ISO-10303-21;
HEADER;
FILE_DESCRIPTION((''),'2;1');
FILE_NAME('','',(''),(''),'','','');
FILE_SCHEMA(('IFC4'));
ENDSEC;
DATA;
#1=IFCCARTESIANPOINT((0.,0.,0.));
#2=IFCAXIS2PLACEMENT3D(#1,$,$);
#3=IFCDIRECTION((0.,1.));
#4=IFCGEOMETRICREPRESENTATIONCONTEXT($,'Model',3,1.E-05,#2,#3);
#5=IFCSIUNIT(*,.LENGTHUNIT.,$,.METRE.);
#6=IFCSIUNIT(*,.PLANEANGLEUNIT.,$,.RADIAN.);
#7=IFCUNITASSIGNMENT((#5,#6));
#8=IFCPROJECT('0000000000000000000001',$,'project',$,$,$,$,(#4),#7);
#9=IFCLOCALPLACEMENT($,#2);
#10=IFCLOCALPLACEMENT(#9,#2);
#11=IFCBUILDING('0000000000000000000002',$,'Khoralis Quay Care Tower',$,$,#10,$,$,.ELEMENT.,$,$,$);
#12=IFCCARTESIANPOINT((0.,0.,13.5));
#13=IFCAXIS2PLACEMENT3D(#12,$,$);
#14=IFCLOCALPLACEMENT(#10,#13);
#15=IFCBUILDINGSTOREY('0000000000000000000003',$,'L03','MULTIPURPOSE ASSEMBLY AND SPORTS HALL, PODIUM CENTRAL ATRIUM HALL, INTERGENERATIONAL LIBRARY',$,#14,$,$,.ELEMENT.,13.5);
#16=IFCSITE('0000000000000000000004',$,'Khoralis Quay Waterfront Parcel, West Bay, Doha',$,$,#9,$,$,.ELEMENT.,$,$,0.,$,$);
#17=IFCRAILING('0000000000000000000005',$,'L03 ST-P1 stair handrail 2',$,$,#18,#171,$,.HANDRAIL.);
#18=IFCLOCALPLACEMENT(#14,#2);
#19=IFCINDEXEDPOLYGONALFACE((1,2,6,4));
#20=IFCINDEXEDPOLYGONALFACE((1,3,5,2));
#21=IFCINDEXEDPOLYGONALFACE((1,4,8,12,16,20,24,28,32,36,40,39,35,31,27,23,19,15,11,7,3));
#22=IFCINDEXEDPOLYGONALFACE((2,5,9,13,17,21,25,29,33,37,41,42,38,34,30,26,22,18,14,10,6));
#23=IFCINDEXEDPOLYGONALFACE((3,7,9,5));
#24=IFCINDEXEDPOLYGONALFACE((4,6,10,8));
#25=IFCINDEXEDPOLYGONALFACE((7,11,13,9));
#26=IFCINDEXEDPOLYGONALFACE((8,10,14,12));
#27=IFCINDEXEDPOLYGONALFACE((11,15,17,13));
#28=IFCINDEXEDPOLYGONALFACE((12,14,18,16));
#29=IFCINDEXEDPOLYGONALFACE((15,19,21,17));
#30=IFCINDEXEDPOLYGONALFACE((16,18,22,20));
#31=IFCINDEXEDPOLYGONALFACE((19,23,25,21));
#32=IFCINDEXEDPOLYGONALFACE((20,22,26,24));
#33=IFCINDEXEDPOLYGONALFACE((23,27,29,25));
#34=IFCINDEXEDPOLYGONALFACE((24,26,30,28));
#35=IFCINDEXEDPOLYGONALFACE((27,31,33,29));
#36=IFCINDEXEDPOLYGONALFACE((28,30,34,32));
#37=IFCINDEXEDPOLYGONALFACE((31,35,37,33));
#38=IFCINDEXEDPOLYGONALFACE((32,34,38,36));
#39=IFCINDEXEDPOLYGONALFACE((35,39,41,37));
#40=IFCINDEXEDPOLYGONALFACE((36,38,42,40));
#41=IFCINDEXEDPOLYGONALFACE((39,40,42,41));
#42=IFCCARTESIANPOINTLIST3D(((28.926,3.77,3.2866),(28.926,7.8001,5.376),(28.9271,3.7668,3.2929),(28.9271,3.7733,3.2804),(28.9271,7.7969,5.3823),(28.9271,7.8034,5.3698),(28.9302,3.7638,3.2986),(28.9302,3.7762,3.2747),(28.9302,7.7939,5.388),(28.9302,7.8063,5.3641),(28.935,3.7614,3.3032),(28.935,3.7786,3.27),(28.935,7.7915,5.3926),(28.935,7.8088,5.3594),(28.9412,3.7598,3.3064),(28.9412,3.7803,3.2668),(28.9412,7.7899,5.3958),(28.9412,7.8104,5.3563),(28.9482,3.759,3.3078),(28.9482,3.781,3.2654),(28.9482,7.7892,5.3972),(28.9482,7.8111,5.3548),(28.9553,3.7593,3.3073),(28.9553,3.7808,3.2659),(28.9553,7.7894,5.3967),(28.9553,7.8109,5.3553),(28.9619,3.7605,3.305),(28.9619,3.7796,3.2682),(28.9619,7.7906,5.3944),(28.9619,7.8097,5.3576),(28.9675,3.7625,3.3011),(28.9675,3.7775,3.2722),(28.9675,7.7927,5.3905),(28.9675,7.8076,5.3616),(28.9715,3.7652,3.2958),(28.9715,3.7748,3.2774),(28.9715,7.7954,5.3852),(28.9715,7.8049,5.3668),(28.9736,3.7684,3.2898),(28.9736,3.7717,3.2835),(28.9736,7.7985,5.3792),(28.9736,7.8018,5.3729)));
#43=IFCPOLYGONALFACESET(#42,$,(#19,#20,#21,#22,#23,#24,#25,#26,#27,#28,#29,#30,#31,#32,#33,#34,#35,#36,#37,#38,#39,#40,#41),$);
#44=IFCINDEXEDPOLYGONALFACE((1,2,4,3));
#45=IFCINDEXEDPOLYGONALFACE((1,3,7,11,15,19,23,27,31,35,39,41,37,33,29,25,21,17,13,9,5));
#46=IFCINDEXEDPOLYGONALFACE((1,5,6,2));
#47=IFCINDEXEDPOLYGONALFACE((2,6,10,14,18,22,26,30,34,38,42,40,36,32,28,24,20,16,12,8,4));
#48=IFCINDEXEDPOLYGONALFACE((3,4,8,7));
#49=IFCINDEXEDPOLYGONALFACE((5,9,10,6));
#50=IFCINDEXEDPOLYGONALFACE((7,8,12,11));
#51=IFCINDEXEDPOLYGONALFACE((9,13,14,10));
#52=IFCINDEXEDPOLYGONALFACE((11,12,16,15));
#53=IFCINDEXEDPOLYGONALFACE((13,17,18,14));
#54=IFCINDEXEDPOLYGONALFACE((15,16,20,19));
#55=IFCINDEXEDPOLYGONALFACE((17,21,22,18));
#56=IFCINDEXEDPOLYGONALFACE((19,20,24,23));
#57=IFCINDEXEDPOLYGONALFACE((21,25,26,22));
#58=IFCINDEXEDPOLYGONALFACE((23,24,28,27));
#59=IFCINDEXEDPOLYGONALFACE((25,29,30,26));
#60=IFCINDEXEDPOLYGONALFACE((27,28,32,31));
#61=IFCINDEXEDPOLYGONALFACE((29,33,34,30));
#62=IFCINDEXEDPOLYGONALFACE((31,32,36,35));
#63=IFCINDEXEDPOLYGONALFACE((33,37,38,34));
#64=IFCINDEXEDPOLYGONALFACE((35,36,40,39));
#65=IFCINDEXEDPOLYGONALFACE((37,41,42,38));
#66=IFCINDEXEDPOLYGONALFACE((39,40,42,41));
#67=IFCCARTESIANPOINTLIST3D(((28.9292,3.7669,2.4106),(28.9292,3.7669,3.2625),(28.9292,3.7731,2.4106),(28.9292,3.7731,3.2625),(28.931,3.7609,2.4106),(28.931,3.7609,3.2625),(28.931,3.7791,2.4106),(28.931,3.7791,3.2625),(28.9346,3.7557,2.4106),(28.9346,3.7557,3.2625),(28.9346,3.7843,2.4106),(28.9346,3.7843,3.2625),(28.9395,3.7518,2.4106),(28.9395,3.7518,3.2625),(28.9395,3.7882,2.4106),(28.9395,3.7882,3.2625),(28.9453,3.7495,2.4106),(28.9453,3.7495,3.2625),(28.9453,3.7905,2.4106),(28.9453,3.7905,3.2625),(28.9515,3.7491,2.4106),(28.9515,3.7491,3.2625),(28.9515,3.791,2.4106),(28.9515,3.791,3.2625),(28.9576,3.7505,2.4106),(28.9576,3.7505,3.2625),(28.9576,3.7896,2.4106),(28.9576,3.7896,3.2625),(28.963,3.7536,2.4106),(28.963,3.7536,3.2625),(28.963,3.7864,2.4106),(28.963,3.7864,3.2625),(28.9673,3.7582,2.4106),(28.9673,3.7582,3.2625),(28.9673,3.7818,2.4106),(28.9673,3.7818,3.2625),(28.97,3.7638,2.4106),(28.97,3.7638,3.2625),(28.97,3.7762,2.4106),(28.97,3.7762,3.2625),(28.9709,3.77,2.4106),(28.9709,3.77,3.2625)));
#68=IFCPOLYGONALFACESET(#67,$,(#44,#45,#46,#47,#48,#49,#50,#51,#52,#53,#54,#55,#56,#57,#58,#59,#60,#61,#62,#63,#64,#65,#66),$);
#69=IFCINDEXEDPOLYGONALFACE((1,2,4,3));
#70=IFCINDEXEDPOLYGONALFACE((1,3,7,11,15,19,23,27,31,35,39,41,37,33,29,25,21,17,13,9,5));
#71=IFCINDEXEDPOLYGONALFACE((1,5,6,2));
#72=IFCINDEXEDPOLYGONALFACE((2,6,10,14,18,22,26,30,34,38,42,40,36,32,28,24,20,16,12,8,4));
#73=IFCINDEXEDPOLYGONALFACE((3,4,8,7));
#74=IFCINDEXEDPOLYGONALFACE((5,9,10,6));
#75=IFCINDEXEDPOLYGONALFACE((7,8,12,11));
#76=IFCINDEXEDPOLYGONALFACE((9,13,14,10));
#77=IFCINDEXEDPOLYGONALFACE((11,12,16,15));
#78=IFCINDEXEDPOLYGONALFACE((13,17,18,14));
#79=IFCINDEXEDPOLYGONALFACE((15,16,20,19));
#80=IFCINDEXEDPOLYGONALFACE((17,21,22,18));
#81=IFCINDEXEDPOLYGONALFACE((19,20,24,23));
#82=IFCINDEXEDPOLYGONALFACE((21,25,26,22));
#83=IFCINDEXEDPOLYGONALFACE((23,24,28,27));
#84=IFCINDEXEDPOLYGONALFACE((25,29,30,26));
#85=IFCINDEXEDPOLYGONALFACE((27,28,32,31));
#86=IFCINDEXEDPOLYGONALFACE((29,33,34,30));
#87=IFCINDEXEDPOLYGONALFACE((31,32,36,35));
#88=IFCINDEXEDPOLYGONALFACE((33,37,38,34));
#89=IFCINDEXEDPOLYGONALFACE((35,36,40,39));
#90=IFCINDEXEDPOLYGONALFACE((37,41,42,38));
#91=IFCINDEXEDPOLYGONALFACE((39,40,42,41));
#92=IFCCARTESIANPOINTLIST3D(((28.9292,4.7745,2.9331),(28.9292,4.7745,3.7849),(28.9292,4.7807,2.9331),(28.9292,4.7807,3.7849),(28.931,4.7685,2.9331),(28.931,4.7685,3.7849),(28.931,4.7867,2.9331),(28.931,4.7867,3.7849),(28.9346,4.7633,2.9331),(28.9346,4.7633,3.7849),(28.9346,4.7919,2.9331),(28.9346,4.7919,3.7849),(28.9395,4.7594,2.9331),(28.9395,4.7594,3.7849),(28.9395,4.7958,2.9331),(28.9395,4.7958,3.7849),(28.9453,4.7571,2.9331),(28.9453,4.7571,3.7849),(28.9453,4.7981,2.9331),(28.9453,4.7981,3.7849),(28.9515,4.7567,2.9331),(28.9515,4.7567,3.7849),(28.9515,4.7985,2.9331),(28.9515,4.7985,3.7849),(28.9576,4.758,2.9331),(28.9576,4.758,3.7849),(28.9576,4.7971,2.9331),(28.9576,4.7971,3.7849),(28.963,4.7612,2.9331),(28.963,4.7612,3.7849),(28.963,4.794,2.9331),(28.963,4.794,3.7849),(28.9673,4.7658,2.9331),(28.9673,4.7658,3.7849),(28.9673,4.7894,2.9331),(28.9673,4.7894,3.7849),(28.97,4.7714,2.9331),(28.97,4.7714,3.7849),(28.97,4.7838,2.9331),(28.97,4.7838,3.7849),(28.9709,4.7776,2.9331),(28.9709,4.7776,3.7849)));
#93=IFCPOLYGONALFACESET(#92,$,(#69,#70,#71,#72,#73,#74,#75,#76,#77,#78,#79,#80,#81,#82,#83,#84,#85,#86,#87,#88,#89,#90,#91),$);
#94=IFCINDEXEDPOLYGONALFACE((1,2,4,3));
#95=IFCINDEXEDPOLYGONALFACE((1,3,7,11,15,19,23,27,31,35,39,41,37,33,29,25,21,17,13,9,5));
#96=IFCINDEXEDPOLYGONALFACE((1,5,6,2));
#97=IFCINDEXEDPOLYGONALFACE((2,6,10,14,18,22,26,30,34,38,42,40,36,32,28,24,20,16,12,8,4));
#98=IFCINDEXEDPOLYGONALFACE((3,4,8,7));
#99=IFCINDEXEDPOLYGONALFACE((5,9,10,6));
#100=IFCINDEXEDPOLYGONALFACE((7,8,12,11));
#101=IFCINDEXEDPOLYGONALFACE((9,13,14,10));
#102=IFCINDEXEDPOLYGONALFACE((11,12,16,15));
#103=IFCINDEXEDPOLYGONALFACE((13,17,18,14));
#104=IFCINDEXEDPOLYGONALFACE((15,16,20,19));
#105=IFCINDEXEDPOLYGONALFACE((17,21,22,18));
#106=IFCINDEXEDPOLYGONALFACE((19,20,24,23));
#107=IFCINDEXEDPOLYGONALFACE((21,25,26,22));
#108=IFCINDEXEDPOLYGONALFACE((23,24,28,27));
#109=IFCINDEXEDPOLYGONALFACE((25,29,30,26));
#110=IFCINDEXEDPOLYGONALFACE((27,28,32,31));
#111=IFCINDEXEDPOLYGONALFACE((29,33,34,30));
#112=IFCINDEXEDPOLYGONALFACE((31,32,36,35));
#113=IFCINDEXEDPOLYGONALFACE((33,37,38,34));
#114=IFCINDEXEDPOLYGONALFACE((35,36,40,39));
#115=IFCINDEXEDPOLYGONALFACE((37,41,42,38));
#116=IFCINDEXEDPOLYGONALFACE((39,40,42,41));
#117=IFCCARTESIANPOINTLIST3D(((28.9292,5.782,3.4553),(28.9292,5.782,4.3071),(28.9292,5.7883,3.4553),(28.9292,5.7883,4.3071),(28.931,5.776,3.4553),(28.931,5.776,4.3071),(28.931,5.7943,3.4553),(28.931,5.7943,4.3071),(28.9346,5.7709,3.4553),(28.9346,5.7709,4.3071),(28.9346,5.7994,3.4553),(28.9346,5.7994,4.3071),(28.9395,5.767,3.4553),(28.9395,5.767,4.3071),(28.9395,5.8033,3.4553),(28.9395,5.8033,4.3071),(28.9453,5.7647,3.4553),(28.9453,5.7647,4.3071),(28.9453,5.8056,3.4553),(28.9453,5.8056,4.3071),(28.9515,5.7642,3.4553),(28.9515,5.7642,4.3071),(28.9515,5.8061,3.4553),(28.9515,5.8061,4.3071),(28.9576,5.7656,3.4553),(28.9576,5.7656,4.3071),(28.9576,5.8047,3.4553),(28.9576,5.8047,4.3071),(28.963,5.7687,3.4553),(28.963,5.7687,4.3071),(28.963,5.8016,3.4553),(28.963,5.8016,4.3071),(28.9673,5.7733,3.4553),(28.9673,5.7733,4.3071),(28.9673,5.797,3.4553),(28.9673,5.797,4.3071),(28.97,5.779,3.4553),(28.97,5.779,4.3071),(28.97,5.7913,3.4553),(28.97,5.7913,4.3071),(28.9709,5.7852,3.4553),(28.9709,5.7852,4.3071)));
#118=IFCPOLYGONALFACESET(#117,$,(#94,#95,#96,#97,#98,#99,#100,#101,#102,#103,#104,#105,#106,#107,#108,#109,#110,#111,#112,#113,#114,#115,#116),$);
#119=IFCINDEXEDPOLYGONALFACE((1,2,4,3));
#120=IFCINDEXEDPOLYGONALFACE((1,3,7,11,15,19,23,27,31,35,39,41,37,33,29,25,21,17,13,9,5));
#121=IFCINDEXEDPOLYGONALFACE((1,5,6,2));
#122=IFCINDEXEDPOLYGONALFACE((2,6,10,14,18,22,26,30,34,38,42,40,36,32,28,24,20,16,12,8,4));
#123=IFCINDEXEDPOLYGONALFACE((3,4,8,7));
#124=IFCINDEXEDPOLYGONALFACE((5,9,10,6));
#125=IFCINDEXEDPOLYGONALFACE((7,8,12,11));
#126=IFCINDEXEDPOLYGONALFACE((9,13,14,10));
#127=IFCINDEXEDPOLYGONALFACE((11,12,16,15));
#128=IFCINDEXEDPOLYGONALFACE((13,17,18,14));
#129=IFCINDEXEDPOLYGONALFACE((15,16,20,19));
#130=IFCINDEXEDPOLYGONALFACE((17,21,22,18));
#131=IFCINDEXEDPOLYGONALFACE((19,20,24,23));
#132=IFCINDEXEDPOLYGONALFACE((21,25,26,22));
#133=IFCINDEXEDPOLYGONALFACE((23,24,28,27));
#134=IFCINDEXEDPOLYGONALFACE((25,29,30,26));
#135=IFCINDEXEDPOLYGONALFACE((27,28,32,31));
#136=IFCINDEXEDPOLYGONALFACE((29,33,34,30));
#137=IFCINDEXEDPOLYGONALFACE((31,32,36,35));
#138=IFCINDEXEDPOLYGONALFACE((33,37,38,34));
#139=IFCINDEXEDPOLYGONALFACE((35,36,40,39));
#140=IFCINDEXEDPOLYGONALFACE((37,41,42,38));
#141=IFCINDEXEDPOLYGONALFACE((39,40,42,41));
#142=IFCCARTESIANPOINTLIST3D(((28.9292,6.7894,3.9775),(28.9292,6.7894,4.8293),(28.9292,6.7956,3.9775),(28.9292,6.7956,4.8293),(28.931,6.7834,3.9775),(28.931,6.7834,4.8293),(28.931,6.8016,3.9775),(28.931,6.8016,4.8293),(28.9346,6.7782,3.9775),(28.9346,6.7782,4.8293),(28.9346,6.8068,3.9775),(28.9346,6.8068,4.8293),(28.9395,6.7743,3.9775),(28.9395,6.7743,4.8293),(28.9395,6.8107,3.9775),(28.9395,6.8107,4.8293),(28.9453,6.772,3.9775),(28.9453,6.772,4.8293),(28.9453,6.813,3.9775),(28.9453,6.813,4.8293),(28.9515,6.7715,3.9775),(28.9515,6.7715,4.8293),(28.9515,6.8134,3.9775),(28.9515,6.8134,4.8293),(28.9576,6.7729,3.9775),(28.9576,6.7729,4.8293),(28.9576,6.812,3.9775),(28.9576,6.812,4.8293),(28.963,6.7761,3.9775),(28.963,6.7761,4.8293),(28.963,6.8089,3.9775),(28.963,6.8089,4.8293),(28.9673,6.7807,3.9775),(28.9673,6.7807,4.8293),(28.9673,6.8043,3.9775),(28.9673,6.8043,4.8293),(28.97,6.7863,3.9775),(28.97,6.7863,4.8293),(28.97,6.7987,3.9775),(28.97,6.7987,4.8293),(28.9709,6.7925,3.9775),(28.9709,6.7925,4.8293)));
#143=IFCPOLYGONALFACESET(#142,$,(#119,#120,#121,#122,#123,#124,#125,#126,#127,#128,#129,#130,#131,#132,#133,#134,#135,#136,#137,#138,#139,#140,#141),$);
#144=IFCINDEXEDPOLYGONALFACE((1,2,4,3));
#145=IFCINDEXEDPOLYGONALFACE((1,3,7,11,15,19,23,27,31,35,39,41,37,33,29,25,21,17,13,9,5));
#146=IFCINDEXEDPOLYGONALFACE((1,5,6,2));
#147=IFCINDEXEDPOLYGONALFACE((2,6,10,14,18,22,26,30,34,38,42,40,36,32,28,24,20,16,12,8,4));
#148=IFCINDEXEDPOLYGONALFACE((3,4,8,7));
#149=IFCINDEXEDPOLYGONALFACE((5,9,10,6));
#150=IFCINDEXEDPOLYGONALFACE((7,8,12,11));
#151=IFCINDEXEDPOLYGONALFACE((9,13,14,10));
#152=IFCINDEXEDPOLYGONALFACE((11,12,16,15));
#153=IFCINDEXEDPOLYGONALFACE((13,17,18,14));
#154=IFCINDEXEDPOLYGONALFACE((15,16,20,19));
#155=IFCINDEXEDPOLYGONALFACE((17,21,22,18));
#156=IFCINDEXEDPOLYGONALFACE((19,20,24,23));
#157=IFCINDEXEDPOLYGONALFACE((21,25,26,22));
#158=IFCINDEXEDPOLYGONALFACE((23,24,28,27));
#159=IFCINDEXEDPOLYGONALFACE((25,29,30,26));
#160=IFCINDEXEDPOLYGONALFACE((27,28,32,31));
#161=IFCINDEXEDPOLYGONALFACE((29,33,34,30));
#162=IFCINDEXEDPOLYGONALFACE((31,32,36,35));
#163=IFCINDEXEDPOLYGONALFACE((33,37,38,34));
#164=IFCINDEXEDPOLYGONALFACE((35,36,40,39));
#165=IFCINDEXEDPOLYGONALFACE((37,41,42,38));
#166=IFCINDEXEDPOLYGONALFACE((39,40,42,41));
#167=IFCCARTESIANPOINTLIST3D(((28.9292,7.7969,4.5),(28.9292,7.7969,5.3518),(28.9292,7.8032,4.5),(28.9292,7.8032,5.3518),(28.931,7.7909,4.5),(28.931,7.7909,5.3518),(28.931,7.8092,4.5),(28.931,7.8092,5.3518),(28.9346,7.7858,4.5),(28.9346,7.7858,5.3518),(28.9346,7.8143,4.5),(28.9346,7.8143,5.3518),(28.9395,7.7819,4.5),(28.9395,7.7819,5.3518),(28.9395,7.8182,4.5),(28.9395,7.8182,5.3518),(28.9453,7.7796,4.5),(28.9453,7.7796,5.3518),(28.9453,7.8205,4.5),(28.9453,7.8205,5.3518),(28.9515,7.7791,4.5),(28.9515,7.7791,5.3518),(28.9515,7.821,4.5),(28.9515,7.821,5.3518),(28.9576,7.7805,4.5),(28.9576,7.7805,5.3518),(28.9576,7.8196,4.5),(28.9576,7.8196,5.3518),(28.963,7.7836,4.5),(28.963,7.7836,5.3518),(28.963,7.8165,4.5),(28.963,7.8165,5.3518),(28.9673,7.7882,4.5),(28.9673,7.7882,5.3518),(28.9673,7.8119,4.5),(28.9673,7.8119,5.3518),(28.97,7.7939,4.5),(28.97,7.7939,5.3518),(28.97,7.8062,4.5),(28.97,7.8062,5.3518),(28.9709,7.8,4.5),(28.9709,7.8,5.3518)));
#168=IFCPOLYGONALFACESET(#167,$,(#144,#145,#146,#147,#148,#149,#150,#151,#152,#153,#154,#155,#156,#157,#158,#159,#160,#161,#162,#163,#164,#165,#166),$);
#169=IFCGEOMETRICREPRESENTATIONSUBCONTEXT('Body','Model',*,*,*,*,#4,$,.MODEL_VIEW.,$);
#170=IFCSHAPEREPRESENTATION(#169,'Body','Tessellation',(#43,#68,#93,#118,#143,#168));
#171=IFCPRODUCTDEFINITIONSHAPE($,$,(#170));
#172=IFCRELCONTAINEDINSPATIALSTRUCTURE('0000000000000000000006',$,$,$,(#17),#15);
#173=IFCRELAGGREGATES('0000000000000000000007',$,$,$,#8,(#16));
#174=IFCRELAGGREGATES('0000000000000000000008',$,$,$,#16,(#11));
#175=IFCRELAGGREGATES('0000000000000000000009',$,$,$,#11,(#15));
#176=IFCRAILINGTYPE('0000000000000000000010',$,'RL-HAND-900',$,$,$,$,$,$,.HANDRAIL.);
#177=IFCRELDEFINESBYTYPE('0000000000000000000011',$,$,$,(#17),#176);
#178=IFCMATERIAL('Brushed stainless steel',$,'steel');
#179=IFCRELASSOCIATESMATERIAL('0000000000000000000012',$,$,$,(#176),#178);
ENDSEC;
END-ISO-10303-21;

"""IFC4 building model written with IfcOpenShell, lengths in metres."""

from ifc_helpers import new_model, si_unit, direction, frame, origin, origin_2d, place, context, subcontext, project, spatial, circle, extrude, material, type_object, element, save


model = new_model("IFC4")

# Units and contexts
model_context = context("Model", 3, precision=1e-05, world=origin(), true_north=direction((0.0, 1.0)))
body_context = subcontext(model_context, "Body", "Model", "MODEL_VIEW")
ifc_project = project(units=[si_unit("LENGTHUNIT", "METRE"), si_unit("PLANEANGLEUNIT", "RADIAN")], contexts=[model_context])

# Site, building, storey
site_placement = place(None, origin())
site = spatial("IfcSite", under=ifc_project, at=site_placement, Name="Khoralis Quay Waterfront Parcel, West Bay, Doha", CompositionType="ELEMENT", RefElevation=0.0)
building_placement = place(site_placement, origin())
building = spatial("IfcBuilding", under=site, at=building_placement, Name="Khoralis Quay Care Tower", CompositionType="ELEMENT")
storey_placement = place(building_placement, frame((0.0, 0.0, 13.5)))
storey = spatial("IfcBuildingStorey", under=building, at=storey_placement, Name="L03", Description="MULTIPURPOSE ASSEMBLY AND SPORTS HALL, PODIUM CENTRAL ATRIUM HALL, INTERGENERATIONAL LIBRARY", CompositionType="ELEMENT", Elevation=13.5)

# Railing
ifc_material_1 = material(Name="Brushed stainless steel", Category="steel")
railing_type_1 = type_object("IfcRailingType", Name="RL-HAND-900", PredefinedType="HANDRAIL", material=ifc_material_1)
railing_1_placement = place(storey_placement, frame((28.95, 3.77, 2.4106)))
element("IfcRailing", 1, at=railing_1_placement, inside=storey, type_object=railing_type_1, Name="L03 ST-P1 stair handrail 2", PredefinedType="HANDRAIL", context=body_context, shape_type="SweptSolid", body=[
    extrude(circle(Radius=0.0239, at=origin_2d()), frame((0.0, 0.0, 0.876), z_axis=(0.0, 0.887781, 0.460267), x_axis=(-1.0, 0.0, 0.0)), (0.0, 0.0, 1.0), 4.5396),
    extrude(circle(Radius=0.021, at=origin_2d()), origin(), (0.0, 0.0, 1.0), 0.8518),
    extrude(circle(Radius=0.021, at=origin_2d()), frame((0.0, 1.0076, 0.5225)), (0.0, 0.0, 1.0), 0.8518),
    extrude(circle(Radius=0.021, at=origin_2d()), frame((0.0, 2.0151, 1.0447)), (0.0, 0.0, 1.0), 0.8518),
    extrude(circle(Radius=0.021, at=origin_2d()), frame((0.0, 3.0225, 1.5669)), (0.0, 0.0, 1.0), 0.8518),
    extrude(circle(Radius=0.021, at=origin_2d()), frame((0.0, 4.03, 2.0894)), (0.0, 0.0, 1.0), 0.8518),
])

save(model, "model.ifc")
